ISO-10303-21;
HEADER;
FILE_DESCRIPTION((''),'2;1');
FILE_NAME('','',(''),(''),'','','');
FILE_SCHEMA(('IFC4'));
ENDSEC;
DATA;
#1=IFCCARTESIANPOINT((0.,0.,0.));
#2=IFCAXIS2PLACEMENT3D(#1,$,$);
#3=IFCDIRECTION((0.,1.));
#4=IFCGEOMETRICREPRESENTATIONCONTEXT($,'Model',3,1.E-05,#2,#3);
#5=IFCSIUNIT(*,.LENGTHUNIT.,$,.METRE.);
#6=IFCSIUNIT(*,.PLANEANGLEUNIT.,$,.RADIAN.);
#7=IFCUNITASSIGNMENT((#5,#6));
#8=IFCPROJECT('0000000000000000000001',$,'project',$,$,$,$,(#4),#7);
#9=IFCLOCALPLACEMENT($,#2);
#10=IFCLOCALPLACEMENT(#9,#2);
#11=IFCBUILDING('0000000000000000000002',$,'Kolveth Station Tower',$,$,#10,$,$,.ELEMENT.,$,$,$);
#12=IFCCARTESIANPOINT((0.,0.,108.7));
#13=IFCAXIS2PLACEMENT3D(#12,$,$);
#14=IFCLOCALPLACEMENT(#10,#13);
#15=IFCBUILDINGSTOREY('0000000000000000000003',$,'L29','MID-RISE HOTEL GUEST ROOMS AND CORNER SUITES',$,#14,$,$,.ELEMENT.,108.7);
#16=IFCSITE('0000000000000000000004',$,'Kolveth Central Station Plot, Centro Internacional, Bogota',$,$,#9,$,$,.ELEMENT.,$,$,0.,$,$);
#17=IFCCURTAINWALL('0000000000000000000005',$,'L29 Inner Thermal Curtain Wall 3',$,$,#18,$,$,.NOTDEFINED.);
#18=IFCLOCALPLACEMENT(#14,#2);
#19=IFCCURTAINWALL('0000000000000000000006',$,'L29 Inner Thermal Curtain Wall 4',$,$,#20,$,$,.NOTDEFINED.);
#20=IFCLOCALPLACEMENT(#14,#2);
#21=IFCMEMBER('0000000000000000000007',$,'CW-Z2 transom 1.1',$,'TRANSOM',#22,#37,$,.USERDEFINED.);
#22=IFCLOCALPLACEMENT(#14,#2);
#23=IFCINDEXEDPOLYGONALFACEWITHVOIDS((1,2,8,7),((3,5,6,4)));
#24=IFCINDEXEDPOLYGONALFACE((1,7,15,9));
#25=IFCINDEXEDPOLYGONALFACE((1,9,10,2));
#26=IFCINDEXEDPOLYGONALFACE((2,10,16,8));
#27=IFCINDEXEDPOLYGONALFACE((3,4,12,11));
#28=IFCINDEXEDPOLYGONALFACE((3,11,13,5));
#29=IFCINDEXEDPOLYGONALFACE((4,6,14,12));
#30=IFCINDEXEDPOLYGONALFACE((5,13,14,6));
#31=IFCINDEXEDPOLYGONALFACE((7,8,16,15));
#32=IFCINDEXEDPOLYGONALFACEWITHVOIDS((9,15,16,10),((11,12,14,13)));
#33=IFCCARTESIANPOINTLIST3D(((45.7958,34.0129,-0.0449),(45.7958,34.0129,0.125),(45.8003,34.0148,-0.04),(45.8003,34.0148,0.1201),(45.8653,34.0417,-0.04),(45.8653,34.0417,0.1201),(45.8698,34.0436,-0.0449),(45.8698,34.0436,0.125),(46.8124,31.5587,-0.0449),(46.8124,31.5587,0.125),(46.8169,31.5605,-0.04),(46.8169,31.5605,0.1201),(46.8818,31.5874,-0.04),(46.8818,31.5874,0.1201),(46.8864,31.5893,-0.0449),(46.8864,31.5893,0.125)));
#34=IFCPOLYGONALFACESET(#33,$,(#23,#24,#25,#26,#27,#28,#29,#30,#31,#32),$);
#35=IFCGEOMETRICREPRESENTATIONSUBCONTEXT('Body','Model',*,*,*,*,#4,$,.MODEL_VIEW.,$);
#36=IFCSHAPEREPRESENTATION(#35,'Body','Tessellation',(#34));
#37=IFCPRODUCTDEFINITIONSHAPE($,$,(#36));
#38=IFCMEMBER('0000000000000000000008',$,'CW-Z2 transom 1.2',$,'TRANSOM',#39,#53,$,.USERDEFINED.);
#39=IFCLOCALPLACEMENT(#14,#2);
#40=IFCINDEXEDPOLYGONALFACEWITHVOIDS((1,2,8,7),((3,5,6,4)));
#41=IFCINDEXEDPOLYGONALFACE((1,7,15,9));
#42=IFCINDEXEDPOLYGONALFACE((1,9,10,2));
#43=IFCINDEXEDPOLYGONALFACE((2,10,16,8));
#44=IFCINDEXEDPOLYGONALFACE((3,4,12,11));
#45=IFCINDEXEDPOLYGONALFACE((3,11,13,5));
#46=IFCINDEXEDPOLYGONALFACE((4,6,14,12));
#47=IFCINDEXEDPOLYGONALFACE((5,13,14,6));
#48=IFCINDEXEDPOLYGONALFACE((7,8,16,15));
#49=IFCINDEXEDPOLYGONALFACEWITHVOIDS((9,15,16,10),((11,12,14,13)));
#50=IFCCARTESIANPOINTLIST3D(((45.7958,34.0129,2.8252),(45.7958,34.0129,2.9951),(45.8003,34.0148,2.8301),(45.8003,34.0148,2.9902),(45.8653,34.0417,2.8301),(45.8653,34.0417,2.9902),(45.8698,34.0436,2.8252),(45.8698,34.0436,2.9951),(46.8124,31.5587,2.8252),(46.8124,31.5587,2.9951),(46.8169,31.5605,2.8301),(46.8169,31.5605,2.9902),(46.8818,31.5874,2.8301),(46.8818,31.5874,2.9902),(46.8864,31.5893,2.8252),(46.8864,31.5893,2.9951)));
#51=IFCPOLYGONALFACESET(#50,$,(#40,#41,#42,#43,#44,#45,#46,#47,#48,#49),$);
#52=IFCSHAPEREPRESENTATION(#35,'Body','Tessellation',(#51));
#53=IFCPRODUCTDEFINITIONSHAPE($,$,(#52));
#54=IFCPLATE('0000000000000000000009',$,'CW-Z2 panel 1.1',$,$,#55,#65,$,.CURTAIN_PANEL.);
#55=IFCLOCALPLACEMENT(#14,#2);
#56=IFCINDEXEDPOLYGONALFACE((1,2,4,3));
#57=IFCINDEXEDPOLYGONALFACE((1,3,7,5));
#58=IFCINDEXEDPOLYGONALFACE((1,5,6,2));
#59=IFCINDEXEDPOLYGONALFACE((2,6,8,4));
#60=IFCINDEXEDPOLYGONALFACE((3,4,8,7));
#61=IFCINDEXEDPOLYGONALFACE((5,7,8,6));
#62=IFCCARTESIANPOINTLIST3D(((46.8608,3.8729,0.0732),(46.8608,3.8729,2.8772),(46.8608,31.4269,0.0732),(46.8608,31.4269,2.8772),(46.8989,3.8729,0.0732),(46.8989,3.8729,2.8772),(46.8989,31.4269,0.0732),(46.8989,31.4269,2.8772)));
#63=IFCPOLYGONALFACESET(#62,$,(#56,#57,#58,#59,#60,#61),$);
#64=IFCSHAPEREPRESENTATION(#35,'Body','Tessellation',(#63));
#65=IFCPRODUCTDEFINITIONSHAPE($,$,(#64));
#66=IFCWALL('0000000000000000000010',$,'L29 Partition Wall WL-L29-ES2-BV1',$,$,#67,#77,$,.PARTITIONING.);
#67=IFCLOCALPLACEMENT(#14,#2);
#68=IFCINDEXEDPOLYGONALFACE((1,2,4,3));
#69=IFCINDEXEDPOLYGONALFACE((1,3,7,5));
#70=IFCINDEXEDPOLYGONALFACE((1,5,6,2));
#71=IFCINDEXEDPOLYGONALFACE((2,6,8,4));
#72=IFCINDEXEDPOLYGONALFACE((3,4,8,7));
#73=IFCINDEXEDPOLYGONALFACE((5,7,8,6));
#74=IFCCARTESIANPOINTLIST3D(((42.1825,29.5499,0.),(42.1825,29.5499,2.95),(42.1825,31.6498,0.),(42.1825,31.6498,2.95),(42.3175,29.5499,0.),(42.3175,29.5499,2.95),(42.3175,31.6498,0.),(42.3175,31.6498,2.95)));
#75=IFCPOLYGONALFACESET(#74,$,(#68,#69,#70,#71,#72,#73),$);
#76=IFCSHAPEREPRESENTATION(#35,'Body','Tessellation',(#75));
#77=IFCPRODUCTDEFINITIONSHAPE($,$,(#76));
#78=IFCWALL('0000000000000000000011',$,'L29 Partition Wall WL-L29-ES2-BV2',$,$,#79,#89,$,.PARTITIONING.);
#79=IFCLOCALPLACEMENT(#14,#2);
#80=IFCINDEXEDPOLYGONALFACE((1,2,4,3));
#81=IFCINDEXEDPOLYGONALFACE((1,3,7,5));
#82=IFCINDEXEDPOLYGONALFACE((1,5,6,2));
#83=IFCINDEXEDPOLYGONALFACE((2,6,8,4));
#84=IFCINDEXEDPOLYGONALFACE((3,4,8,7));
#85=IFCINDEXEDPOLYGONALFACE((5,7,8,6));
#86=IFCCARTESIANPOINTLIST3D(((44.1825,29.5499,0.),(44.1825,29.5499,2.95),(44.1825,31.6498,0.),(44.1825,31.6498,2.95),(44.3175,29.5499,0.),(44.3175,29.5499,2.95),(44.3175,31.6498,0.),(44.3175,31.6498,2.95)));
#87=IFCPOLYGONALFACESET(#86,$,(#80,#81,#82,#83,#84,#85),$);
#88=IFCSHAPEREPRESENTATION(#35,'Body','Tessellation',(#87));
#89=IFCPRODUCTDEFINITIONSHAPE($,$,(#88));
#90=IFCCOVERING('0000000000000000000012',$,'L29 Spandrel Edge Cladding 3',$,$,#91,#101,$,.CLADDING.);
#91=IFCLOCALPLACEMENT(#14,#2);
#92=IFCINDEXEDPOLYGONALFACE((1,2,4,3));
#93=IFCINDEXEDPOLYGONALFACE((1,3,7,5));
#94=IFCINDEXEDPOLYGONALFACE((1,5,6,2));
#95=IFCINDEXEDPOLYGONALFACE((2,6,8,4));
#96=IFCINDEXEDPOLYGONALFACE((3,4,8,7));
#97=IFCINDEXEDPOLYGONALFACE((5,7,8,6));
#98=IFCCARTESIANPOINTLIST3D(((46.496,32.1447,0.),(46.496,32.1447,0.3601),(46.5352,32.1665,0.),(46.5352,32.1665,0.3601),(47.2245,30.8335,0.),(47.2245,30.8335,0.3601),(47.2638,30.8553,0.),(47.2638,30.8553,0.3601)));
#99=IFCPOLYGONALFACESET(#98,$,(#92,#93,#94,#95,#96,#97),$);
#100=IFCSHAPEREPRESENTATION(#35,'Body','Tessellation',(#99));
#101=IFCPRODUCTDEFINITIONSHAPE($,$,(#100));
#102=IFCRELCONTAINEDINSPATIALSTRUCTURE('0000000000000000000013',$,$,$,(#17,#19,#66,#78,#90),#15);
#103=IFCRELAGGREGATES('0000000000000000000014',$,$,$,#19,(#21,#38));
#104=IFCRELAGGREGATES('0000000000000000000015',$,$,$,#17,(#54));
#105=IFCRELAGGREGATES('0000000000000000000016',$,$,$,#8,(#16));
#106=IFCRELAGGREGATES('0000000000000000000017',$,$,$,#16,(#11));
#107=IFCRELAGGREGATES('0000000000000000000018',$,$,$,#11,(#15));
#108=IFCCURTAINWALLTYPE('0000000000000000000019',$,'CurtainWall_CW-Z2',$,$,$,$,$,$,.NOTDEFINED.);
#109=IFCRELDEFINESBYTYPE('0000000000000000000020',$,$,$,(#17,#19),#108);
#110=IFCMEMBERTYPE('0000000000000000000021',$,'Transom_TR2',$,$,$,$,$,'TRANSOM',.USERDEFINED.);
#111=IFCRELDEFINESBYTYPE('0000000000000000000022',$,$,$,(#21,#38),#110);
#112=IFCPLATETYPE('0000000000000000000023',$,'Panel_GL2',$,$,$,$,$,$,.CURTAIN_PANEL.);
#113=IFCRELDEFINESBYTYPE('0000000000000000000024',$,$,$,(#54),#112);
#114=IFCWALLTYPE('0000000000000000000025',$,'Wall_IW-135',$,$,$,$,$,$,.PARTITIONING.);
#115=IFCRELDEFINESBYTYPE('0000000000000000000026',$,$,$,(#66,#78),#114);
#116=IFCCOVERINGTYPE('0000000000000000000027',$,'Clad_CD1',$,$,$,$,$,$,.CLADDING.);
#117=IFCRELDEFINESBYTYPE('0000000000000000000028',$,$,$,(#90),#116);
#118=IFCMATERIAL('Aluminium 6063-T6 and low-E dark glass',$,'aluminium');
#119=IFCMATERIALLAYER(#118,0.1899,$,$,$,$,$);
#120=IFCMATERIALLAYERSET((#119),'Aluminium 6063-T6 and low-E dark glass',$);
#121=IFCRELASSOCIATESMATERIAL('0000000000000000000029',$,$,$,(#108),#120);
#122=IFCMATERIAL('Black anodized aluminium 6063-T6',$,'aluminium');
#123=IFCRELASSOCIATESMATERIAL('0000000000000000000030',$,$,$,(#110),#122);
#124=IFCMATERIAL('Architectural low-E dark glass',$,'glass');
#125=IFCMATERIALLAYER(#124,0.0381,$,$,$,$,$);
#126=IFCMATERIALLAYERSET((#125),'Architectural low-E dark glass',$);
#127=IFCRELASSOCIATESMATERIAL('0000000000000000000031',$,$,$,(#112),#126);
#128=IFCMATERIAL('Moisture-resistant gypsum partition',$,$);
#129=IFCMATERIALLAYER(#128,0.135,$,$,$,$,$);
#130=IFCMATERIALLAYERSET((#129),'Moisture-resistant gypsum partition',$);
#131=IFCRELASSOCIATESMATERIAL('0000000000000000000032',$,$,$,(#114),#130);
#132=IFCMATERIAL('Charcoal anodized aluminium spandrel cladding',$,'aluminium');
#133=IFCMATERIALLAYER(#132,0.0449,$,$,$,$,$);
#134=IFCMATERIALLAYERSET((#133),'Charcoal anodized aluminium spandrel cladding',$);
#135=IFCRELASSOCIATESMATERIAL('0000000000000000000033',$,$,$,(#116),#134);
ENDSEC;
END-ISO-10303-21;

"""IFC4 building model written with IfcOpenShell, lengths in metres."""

from ifc_helpers import new_model, si_unit, direction, frame, frame_2d, origin, origin_2d, place, context, subcontext, project, spatial, rectangle, hollow_rectangle, extrude, source, transform, mapped, material, layer, layer_set, material_profile, profile_set, type_object, element, aggregate, save


model = new_model("IFC4")

# Units and contexts
model_context = context("Model", 3, precision=1e-05, world=origin(), true_north=direction((0.0, 1.0)))
body_context = subcontext(model_context, "Body", "Model", "MODEL_VIEW")
ifc_project = project(units=[si_unit("LENGTHUNIT", "METRE"), si_unit("PLANEANGLEUNIT", "RADIAN")], contexts=[model_context])

# Site, building, storey
site_placement = place(None, origin())
site = spatial("IfcSite", under=ifc_project, at=site_placement, Name="Kolveth Central Station Plot, Centro Internacional, Bogota", CompositionType="ELEMENT", RefElevation=0.0)
building_placement = place(site_placement, origin())
building = spatial("IfcBuilding", under=site, at=building_placement, Name="Kolveth Station Tower", CompositionType="ELEMENT")
storey_placement = place(building_placement, frame((0.0, 0.0, 108.7)))
storey = spatial("IfcBuildingStorey", under=building, at=storey_placement, Name="L29", Description="MID-RISE HOTEL GUEST ROOMS AND CORNER SUITES", CompositionType="ELEMENT", Elevation=108.7)

# Curtain wall
ifc_material_1 = material(Name="Aluminium 6063-T6 and low-E dark glass", Category="aluminium")
ifc_layer_1 = layer(ifc_material_1, 0.1899)
ifc_layer_set_1 = layer_set([ifc_layer_1], Name="Aluminium 6063-T6 and low-E dark glass")
curtain_wall_type = type_object("IfcCurtainWallType", Name="CurtainWall_CW-Z2", PredefinedType="NOTDEFINED", material=ifc_layer_set_1)
curtain_wall_1_placement = place(storey_placement, origin())
curtain_wall_1 = element("IfcCurtainWall", 1, at=curtain_wall_1_placement, inside=storey, type_object=curtain_wall_type, Name="L29 Inner Thermal Curtain Wall 3", PredefinedType="NOTDEFINED")
ifc_material_2 = material(Name="Black anodized aluminium 6063-T6", Category="aluminium")

# Curtain wall, members
curtain_wall_2_placement = place(storey_placement, origin())
curtain_wall_2 = element("IfcCurtainWall", 2, at=curtain_wall_2_placement, inside=storey, type_object=curtain_wall_type, Name="L29 Inner Thermal Curtain Wall 4", PredefinedType="NOTDEFINED")
ifc_material_profile_1 = material_profile(ifc_material_2, hollow_rectangle(XDim=0.0801, YDim=0.1699, WallThickness=0.0049, at=origin_2d()), Name="ALU-80x170x5")
ifc_profile_set_1 = profile_set([ifc_material_profile_1], Name="Black anodized aluminium 6063-T6")
member_type_1 = type_object("IfcMemberType", Name="Transom_TR2", ElementType="TRANSOM", PredefinedType="USERDEFINED", material=ifc_profile_set_1)
shared_shape_1 = source(origin(), body_context, "Body", "SweptSolid", [
    extrude(hollow_rectangle(XDim=0.0801, YDim=0.1699, WallThickness=0.0049, at=origin_2d()), origin(), (0.0, 0.0, 1.0), 2.6565),
])
member_1_placement = place(storey_placement, frame((46.8494, 31.574, 0.04), z_axis=(-0.382676, 0.923882, 0.0), x_axis=(-0.923882, -0.382676, 0.0)))
member_1 = element("IfcMember", 3, at=member_1_placement, type_object=member_type_1, Name="CW-Z2 transom 1.1", ObjectType="TRANSOM", PredefinedType="USERDEFINED", context=body_context, shape_type="MappedRepresentation", body=[
    mapped(shared_shape_1, transform((0.0, 0.0, 0.0), x_axis=(1.0, 0.0, 0.0), y_axis=(0.0, 1.0, 0.0), z_axis=(0.0, 0.0, 1.0), scale=1.0)),
])
member_2_placement = place(storey_placement, frame((46.8494, 31.574, 2.9102), z_axis=(-0.382676, 0.923882, 0.0), x_axis=(-0.923882, -0.382676, 0.0)))
member_2 = element("IfcMember", 4, at=member_2_placement, type_object=member_type_1, Name="CW-Z2 transom 1.2", ObjectType="TRANSOM", PredefinedType="USERDEFINED", context=body_context, shape_type="MappedRepresentation", body=[
    mapped(shared_shape_1, transform((0.0, 0.0, 0.0), x_axis=(1.0, 0.0, 0.0), y_axis=(0.0, 1.0, 0.0), z_axis=(0.0, 0.0, 1.0), scale=1.0)),
])
aggregate(curtain_wall_2, [member_1, member_2])

# Plate
ifc_material_3 = material(Name="Architectural low-E dark glass", Category="glass")
ifc_layer_2 = layer(ifc_material_3, 0.0381)
ifc_layer_set_2 = layer_set([ifc_layer_2], Name="Architectural low-E dark glass")
plate_type = type_object("IfcPlateType", Name="Panel_GL2", PredefinedType="CURTAIN_PANEL", material=ifc_layer_set_2)
shared_shape_2 = source(origin(), body_context, "Body", "SweptSolid", [
    extrude(rectangle(XDim=27.554, YDim=0.0381, at=origin_2d()), origin(), (0.0, 0.0, 1.0), 2.804),
])
plate_placement = place(storey_placement, frame((46.8799, 17.6499, 0.0732), z_axis=(0.0, 0.0, 1.0), x_axis=(0.0, 1.0, 0.0)))
plate = element("IfcPlate", 5, at=plate_placement, type_object=plate_type, Name="CW-Z2 panel 1.1", PredefinedType="CURTAIN_PANEL", context=body_context, shape_type="MappedRepresentation", body=[
    mapped(shared_shape_2, transform((0.0, 0.0, 0.0), x_axis=(1.0, 0.0, 0.0), y_axis=(0.0, 1.0, 0.0), z_axis=(0.0, 0.0, 1.0), scale=1.0)),
])
aggregate(curtain_wall_1, [plate])

# Walls
ifc_material_4 = material(Name="Moisture-resistant gypsum partition")
ifc_layer_3 = layer(ifc_material_4, 0.135)
ifc_layer_set_3 = layer_set([ifc_layer_3], Name="Moisture-resistant gypsum partition")
wall_type = type_object("IfcWallType", Name="Wall_IW-135", PredefinedType="PARTITIONING", material=ifc_layer_set_3)
for number, where, z_axis, x_axis, name in (
    (6, (42.25, 29.55, 0.0), (0.0, 0.0, 1.0), (0.0, 1.0, 0.0), "L29 Partition Wall WL-L29-ES2-BV1"),
    (7, (44.25, 29.55, 0.0), (0.0, 0.0, 1.0), (0.0, 1.0, 0.0), "L29 Partition Wall WL-L29-ES2-BV2"),
):
    element("IfcWall", number, at=place(storey_placement, frame(where, z_axis=z_axis, x_axis=x_axis)), inside=storey, type_object=wall_type, Name=name, PredefinedType="PARTITIONING", context=body_context, shape_type="SweptSolid", body=[
        extrude(rectangle(XDim=2.0999, YDim=0.135, at=frame_2d((1.0498, 0.0))), origin(), (0.0, 0.0, 1.0), 2.95),
    ])

# Covering
ifc_material_5 = material(Name="Charcoal anodized aluminium spandrel cladding", Category="aluminium")
ifc_layer_4 = layer(ifc_material_5, 0.0449)
ifc_layer_set_4 = layer_set([ifc_layer_4], Name="Charcoal anodized aluminium spandrel cladding")
covering_type = type_object("IfcCoveringType", Name="Clad_CD1", PredefinedType="CLADDING", material=ifc_layer_set_4)
shared_shape_3 = source(origin(), body_context, "Body", "SweptSolid", [
    extrude(rectangle(XDim=1.5, YDim=0.0449, at=origin_2d()), origin(), (0.0, 0.0, 1.0), 0.3601),
])
covering_placement = place(storey_placement, frame((46.8799, 31.5, 0.0), z_axis=(0.0, 0.0, 1.0), x_axis=(-0.485725, 0.874112, 0.0)))
element("IfcCovering", 8, at=covering_placement, inside=storey, type_object=covering_type, Name="L29 Spandrel Edge Cladding 3", PredefinedType="CLADDING", context=body_context, shape_type="MappedRepresentation", body=[
    mapped(shared_shape_3, transform((0.0, 0.0, 0.0), x_axis=(1.0, 0.0, 0.0), y_axis=(0.0, 1.0, 0.0), z_axis=(0.0, 0.0, 1.0), scale=1.0)),
])

save(model, "model.ifc")
